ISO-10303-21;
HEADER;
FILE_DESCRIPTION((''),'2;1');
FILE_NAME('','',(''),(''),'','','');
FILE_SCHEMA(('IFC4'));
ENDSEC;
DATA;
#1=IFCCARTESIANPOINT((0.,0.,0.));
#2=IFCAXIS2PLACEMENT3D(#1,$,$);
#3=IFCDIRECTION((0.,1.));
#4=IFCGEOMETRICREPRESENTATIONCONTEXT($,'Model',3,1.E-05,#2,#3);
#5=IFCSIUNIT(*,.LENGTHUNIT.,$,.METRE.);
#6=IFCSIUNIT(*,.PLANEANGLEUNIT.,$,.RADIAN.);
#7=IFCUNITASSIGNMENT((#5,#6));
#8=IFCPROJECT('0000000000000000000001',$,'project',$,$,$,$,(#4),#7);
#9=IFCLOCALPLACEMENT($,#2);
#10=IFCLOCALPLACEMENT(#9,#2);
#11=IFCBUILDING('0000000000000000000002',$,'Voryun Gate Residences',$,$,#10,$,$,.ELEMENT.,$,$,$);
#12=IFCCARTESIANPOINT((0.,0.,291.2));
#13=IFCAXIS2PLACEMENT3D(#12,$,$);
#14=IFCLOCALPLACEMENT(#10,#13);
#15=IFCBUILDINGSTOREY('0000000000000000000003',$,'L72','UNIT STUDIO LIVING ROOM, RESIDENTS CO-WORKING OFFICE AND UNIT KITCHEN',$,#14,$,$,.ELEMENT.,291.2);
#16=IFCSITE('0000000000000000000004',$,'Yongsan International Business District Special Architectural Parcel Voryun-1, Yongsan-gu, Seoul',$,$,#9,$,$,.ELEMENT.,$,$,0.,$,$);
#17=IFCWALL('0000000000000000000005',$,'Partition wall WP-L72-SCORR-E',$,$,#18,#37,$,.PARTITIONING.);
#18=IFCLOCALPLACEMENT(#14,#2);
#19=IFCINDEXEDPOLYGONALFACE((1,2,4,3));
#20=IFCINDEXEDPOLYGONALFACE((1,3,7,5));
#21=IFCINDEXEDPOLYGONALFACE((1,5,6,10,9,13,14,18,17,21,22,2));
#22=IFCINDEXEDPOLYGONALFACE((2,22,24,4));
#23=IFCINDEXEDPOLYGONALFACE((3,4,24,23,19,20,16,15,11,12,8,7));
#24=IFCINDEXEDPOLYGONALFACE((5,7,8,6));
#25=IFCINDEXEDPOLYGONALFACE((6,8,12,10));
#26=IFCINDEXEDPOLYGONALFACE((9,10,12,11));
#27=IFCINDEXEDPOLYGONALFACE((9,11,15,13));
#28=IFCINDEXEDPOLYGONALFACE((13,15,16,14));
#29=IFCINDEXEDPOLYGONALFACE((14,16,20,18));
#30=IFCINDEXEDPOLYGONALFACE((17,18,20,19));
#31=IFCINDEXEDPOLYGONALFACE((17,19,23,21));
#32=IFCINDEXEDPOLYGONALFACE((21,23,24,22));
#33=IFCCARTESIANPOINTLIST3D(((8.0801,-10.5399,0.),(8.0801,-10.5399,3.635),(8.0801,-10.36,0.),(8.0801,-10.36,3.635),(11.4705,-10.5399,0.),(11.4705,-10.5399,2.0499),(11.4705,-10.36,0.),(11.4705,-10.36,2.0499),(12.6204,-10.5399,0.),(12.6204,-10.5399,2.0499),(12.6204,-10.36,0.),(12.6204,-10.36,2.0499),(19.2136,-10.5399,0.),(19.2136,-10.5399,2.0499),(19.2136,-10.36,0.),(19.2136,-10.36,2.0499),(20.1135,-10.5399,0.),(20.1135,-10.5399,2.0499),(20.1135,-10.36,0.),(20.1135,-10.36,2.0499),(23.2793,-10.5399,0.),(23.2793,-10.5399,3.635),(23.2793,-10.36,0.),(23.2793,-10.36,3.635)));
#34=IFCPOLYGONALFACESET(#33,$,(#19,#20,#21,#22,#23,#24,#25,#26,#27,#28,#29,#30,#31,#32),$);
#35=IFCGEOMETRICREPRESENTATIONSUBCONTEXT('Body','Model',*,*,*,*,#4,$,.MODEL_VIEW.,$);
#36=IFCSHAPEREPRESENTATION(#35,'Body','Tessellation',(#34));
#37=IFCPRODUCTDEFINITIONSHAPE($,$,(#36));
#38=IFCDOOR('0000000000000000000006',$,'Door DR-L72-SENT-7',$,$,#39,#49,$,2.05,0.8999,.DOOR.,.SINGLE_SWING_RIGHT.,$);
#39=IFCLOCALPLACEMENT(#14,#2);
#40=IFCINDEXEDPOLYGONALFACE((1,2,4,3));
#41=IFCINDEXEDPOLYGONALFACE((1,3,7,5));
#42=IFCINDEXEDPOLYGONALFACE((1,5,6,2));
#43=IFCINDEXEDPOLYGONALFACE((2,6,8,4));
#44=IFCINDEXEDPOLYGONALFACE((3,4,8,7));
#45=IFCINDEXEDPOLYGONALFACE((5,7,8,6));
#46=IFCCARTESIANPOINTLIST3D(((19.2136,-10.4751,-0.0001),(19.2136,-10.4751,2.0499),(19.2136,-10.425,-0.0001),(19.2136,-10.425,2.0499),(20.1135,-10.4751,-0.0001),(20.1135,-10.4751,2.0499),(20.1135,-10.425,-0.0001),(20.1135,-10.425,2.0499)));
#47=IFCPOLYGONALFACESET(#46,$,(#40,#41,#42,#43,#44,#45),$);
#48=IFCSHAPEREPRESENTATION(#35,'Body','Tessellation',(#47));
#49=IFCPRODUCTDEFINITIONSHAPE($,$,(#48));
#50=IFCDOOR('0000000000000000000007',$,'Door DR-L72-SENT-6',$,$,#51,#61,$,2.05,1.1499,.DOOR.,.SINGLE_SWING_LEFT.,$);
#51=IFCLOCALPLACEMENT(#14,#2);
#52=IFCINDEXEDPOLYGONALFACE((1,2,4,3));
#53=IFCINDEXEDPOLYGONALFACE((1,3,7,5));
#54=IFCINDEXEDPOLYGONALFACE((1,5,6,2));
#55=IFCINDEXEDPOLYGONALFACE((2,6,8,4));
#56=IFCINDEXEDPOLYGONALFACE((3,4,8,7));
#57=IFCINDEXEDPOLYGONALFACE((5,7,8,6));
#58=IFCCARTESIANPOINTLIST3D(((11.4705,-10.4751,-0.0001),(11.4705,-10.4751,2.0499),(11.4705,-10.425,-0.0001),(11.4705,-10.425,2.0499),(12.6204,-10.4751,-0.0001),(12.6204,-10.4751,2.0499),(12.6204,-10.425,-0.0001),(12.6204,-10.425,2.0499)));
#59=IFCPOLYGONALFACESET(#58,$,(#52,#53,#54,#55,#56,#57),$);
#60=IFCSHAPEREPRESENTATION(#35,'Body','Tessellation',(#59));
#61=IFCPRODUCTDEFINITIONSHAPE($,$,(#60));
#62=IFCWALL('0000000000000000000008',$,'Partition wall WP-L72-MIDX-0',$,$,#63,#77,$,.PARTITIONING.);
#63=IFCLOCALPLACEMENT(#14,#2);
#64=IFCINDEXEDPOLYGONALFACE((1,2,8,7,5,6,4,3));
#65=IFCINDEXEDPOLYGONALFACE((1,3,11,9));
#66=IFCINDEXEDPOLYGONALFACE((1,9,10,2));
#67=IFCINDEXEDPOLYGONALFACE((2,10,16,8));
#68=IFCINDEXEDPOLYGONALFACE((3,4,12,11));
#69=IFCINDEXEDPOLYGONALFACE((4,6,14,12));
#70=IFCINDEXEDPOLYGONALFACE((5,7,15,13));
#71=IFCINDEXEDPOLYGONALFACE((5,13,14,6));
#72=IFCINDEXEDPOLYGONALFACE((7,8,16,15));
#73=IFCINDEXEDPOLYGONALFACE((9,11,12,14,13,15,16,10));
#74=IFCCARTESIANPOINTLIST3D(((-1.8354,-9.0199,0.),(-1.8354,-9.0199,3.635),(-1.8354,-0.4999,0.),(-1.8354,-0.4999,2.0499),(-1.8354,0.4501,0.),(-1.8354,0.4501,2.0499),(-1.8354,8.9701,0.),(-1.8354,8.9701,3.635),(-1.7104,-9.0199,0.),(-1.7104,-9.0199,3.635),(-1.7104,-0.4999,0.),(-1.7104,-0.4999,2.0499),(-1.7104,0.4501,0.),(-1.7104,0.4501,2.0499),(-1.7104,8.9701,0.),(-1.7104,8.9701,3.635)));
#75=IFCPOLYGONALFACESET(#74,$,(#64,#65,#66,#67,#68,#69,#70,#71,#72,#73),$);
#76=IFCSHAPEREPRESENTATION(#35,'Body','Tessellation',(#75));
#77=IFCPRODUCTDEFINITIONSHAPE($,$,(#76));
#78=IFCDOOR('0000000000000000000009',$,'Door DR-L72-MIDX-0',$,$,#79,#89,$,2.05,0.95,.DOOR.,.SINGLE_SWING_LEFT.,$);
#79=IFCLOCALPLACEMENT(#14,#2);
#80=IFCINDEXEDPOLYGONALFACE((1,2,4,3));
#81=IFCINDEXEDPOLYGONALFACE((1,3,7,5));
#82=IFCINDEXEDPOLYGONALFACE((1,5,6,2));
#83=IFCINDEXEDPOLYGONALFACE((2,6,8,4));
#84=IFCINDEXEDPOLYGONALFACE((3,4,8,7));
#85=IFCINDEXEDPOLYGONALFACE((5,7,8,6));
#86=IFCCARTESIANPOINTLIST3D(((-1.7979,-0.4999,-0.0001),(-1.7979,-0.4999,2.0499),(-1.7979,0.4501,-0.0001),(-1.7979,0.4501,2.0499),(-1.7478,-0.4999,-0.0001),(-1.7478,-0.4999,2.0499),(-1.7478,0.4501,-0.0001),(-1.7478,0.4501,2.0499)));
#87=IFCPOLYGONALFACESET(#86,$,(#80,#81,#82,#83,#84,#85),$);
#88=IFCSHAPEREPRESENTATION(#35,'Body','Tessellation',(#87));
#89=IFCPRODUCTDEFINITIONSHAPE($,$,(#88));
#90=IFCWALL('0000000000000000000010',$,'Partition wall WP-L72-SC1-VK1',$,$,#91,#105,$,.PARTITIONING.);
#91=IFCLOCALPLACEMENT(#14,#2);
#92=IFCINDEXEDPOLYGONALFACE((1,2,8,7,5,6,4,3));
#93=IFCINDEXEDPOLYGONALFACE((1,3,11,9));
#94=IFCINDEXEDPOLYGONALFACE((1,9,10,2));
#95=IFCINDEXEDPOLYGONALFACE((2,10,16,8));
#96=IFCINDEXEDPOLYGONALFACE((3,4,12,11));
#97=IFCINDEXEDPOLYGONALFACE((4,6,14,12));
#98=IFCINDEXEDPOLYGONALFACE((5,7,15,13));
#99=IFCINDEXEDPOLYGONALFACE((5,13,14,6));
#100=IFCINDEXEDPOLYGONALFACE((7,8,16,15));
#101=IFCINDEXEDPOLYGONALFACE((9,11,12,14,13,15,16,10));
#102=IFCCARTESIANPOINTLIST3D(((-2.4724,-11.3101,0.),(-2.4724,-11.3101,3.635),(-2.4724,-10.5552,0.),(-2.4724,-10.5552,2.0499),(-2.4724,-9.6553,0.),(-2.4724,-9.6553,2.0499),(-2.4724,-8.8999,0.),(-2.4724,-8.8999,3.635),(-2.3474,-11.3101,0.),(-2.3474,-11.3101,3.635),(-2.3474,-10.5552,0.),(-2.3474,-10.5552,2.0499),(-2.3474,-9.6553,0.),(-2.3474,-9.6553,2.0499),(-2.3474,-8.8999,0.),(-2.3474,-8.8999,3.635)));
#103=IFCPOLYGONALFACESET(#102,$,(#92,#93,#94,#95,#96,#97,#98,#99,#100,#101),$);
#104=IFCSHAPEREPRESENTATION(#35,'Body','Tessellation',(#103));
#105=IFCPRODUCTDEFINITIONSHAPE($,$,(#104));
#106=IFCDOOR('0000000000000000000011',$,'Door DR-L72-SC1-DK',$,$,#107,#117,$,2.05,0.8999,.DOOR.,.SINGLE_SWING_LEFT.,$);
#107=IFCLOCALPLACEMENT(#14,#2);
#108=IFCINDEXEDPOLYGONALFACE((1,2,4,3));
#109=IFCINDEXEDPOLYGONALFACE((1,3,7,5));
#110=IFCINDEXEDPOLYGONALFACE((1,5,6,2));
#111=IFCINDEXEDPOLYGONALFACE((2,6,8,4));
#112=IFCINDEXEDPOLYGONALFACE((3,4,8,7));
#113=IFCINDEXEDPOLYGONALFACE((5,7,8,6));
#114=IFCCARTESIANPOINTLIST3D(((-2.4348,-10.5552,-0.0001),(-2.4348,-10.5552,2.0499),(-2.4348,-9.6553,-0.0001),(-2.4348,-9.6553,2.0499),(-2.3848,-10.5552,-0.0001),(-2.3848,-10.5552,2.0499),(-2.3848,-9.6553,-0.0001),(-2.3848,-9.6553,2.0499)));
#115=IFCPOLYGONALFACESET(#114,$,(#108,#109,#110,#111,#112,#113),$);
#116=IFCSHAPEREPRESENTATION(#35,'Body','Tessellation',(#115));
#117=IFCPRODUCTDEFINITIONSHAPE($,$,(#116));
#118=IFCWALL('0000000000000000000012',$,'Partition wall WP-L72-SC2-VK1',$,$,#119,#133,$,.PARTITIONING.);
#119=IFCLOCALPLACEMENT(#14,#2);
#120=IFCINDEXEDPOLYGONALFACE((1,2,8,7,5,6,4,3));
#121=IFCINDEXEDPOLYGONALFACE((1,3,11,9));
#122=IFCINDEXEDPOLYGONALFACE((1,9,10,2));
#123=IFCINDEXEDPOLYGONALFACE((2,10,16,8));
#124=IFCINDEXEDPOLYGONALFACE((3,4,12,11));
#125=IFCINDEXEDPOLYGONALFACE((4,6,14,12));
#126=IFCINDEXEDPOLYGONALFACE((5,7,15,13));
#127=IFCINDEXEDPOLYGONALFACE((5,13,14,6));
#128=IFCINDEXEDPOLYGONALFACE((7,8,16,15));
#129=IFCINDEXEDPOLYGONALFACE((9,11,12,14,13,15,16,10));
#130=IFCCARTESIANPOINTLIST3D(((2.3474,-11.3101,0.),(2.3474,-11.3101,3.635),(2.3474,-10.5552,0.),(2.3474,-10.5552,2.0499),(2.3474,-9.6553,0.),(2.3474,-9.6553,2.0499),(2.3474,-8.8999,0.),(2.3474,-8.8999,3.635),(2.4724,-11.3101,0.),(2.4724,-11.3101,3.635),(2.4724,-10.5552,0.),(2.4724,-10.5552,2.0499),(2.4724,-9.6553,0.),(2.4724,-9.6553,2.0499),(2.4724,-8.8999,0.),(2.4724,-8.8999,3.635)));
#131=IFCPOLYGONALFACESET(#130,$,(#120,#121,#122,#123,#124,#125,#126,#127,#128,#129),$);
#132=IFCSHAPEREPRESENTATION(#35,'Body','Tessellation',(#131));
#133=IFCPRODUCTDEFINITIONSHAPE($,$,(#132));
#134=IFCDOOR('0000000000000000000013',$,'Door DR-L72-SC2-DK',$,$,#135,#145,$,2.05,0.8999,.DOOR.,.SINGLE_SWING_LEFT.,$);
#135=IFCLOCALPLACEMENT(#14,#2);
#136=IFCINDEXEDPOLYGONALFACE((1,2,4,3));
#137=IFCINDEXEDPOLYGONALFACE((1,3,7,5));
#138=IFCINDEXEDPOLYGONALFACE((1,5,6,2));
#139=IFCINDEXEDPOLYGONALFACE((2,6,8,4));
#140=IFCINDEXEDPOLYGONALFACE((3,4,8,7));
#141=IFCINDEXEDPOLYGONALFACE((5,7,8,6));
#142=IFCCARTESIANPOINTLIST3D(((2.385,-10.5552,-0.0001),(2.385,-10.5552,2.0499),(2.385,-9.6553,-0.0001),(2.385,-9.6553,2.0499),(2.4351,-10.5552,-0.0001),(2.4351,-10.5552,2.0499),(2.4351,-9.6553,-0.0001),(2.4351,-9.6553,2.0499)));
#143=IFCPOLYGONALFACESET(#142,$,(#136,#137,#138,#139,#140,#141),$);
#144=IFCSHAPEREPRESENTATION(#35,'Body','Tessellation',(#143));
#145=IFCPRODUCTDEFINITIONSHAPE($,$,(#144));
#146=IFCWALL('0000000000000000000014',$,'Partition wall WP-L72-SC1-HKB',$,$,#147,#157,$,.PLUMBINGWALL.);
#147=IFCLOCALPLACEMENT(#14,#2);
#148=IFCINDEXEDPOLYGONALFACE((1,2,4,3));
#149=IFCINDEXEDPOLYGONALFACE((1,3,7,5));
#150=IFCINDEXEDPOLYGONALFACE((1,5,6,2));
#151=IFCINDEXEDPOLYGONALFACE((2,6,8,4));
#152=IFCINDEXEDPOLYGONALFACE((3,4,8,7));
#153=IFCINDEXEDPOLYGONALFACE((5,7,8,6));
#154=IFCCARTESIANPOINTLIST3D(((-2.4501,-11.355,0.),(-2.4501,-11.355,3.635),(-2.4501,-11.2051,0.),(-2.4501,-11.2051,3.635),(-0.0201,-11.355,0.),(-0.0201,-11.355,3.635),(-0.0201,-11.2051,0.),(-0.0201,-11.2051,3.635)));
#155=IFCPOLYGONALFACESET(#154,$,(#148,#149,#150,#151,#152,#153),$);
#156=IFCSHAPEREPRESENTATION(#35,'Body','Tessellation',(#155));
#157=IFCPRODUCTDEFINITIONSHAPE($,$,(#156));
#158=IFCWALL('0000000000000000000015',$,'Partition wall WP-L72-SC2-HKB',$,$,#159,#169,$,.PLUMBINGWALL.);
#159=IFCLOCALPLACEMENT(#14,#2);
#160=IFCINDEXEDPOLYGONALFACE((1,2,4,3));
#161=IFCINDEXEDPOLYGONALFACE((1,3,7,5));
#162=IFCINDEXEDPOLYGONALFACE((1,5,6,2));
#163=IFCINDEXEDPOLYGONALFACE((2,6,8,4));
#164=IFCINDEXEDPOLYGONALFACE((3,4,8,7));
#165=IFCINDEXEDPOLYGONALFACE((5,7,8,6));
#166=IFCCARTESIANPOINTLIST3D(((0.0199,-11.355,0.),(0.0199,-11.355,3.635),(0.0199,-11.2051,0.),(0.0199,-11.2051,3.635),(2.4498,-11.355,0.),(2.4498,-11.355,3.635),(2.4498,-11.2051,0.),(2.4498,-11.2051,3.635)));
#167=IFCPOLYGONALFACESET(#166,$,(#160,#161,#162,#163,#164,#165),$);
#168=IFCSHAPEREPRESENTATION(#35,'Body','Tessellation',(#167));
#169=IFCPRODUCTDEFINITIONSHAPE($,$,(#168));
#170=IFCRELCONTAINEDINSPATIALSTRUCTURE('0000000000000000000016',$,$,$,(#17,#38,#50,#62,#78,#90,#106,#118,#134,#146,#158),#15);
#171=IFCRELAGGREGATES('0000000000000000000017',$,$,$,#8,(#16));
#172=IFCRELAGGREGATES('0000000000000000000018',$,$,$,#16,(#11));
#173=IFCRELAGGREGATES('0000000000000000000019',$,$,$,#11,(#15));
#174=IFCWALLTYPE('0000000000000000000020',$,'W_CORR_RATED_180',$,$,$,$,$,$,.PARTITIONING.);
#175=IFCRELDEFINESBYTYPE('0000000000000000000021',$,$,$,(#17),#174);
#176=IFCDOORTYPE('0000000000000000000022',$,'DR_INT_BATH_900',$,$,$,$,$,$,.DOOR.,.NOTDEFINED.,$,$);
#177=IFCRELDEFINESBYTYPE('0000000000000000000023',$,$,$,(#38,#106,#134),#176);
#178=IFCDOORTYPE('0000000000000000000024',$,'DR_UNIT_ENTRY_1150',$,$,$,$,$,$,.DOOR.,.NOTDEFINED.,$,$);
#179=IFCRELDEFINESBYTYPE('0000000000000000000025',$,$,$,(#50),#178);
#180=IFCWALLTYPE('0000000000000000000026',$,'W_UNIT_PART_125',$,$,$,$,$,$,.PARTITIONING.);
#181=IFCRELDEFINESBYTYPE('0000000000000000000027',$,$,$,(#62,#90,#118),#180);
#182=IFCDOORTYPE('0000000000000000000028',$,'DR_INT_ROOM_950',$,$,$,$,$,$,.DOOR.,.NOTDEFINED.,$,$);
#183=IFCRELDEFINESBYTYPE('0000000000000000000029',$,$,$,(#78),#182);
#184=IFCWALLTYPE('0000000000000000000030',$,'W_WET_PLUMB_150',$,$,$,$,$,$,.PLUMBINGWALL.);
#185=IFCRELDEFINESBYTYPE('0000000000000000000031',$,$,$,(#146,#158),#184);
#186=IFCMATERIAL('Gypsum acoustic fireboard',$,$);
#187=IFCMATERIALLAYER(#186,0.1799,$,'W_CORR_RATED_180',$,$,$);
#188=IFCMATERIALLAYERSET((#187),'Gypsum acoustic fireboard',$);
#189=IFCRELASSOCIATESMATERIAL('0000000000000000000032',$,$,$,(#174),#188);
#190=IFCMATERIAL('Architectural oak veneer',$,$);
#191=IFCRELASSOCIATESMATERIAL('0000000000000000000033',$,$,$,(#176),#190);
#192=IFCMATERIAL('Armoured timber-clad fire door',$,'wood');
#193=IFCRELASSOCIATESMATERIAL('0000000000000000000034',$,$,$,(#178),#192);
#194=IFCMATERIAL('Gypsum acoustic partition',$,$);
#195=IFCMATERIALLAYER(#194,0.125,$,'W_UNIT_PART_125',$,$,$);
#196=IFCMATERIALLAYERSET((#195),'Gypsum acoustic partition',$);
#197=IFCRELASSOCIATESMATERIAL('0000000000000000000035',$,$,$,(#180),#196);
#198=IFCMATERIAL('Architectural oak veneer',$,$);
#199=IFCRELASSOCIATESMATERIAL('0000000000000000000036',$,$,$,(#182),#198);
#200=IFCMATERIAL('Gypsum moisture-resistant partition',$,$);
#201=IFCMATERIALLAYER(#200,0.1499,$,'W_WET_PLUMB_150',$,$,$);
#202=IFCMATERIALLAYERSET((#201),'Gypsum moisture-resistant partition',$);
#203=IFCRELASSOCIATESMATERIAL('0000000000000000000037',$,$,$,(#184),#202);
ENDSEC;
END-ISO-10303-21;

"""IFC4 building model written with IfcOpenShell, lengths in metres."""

from ifc_helpers import new_model, si_unit, direction, frame, frame_2d, origin, place, context, subcontext, project, spatial, rectangle, extrude, material, layer, layer_set, type_object, element, fill, save


model = new_model("IFC4")

# Units and contexts
model_context = context("Model", 3, precision=1e-05, world=origin(), true_north=direction((0.0, 1.0)))
body_context = subcontext(model_context, "Body", "Model", "MODEL_VIEW")
ifc_project = project(units=[si_unit("LENGTHUNIT", "METRE"), si_unit("PLANEANGLEUNIT", "RADIAN")], contexts=[model_context])

# Site, building, storey
site_placement = place(None, origin())
site = spatial("IfcSite", under=ifc_project, at=site_placement, Name="Yongsan International Business District Special Architectural Parcel Voryun-1, Yongsan-gu, Seoul", CompositionType="ELEMENT", RefElevation=0.0)
building_placement = place(site_placement, origin())
building = spatial("IfcBuilding", under=site, at=building_placement, Name="Voryun Gate Residences", CompositionType="ELEMENT")
storey_placement = place(building_placement, frame((0.0, 0.0, 291.2)))
storey = spatial("IfcBuildingStorey", under=building, at=storey_placement, Name="L72", Description="UNIT STUDIO LIVING ROOM, RESIDENTS CO-WORKING OFFICE AND UNIT KITCHEN", CompositionType="ELEMENT", Elevation=291.2)

# Shared definitions
ifc_material_1 = material(Name="Gypsum acoustic fireboard")
ifc_layer_1 = layer(ifc_material_1, 0.1799, Name="W_CORR_RATED_180")
ifc_layer_set_1 = layer_set([ifc_layer_1], Name="Gypsum acoustic fireboard")
wall_type_1 = type_object("IfcWallType", Name="W_CORR_RATED_180", PredefinedType="PARTITIONING", material=ifc_layer_set_1)

# Wall, openings, doors
wall_1_placement = place(storey_placement, frame((8.0801, -10.45, 0.0), z_axis=(0.0, 0.0, 1.0), x_axis=(1.0, 0.0, 0.0)))
wall_1 = element("IfcWall", 1, at=wall_1_placement, inside=storey, type_object=wall_type_1, Name="Partition wall WP-L72-SCORR-E", PredefinedType="PARTITIONING", context=body_context, shape_type="SweptSolid", body=[
    extrude(rectangle(XDim=15.1992, YDim=0.1799, at=frame_2d((7.5996, 0.0))), origin(), (0.0, 0.0, 1.0), 3.635),
])
opening_1_placement = place(wall_1_placement, frame((3.3904, 0.0, 0.0)))
opening_1 = element("IfcOpeningElement", 2, at=opening_1_placement, cuts=wall_1, PredefinedType="OPENING", context=body_context, shape_type="SweptSolid", body=[
    extrude(rectangle(XDim=1.1499, YDim=2.05, at=frame_2d((0.575, 1.0249))), frame((0.0, 0.0999, 0.0), z_axis=(0.0, -1.0, 0.0), x_axis=(1.0, 0.0, 0.0)), (0.0, 0.0, 1.0), 0.2),
])
opening_2_placement = place(wall_1_placement, frame((11.1335, 0.0, 0.0)))
opening_2 = element("IfcOpeningElement", 3, at=opening_2_placement, cuts=wall_1, PredefinedType="OPENING", context=body_context, shape_type="SweptSolid", body=[
    extrude(rectangle(XDim=0.8999, YDim=2.05, at=frame_2d((0.45, 1.0249))), frame((0.0, 0.0999, 0.0), z_axis=(0.0, -1.0, 0.0), x_axis=(1.0, 0.0, 0.0)), (0.0, 0.0, 1.0), 0.2),
])
ifc_material_2 = material(Name="Architectural oak veneer")
door_type_1 = type_object("IfcDoorType", Name="DR_INT_BATH_900", OperationType="NOTDEFINED", PredefinedType="DOOR", material=ifc_material_2)
door_1_placement = place(opening_2_placement, origin())
door_1 = element("IfcDoor", 4, at=door_1_placement, inside=storey, type_object=door_type_1, Name="Door DR-L72-SENT-7", OperationType="SINGLE_SWING_RIGHT", OverallHeight=2.05, OverallWidth=0.8999, PredefinedType="DOOR", context=body_context, shape_type="SweptSolid", body=[
    extrude(rectangle(XDim=0.8999, YDim=2.05, at=frame_2d((0.45, 1.0249))), frame((0.0, 0.0249, 0.0), z_axis=(0.0, -1.0, 0.0), x_axis=(1.0, 0.0, 0.0)), (0.0, 0.0, 1.0), 0.05),
])
fill(opening_2, door_1)
ifc_material_3 = material(Name="Armoured timber-clad fire door", Category="wood")
door_type_2 = type_object("IfcDoorType", Name="DR_UNIT_ENTRY_1150", OperationType="NOTDEFINED", PredefinedType="DOOR", material=ifc_material_3)
door_2_placement = place(opening_1_placement, origin())
door_2 = element("IfcDoor", 5, at=door_2_placement, inside=storey, type_object=door_type_2, Name="Door DR-L72-SENT-6", OperationType="SINGLE_SWING_LEFT", OverallHeight=2.05, OverallWidth=1.1499, PredefinedType="DOOR", context=body_context, shape_type="SweptSolid", body=[
    extrude(rectangle(XDim=1.1499, YDim=2.05, at=frame_2d((0.575, 1.0249))), frame((0.0, 0.0249, 0.0), z_axis=(0.0, -1.0, 0.0), x_axis=(1.0, 0.0, 0.0)), (0.0, 0.0, 1.0), 0.05),
])
fill(opening_1, door_2)

# Walls, openings, doors
ifc_material_4 = material(Name="Gypsum acoustic partition")
ifc_layer_2 = layer(ifc_material_4, 0.125, Name="W_UNIT_PART_125")
ifc_layer_set_2 = layer_set([ifc_layer_2], Name="Gypsum acoustic partition")
wall_type_2 = type_object("IfcWallType", Name="W_UNIT_PART_125", PredefinedType="PARTITIONING", material=ifc_layer_set_2)
wall_2_placement = place(storey_placement, frame((-1.7729, -9.02, 0.0), z_axis=(0.0, 0.0, 1.0), x_axis=(0.0, 1.0, 0.0)))
wall_2 = element("IfcWall", 6, at=wall_2_placement, inside=storey, type_object=wall_type_2, Name="Partition wall WP-L72-MIDX-0", PredefinedType="PARTITIONING", context=body_context, shape_type="SweptSolid", body=[
    extrude(rectangle(XDim=17.99, YDim=0.125, at=frame_2d((8.9951, 0.0))), origin(), (0.0, 0.0, 1.0), 3.635),
])
opening_3_placement = place(wall_2_placement, frame((8.52, 0.0, 0.0)))
opening_3 = element("IfcOpeningElement", 7, at=opening_3_placement, cuts=wall_2, PredefinedType="OPENING", context=body_context, shape_type="SweptSolid", body=[
    extrude(rectangle(XDim=0.95, YDim=2.05, at=frame_2d((0.4751, 1.0249))), frame((0.0, 0.0725, 0.0), z_axis=(0.0, -1.0, 0.0), x_axis=(1.0, 0.0, 0.0)), (0.0, 0.0, 1.0), 0.145),
])
ifc_material_5 = material(Name="Architectural oak veneer")
door_type_3 = type_object("IfcDoorType", Name="DR_INT_ROOM_950", OperationType="NOTDEFINED", PredefinedType="DOOR", material=ifc_material_5)
door_3_placement = place(opening_3_placement, origin())
door_3 = element("IfcDoor", 8, at=door_3_placement, inside=storey, type_object=door_type_3, Name="Door DR-L72-MIDX-0", OperationType="SINGLE_SWING_LEFT", OverallHeight=2.05, OverallWidth=0.95, PredefinedType="DOOR", context=body_context, shape_type="SweptSolid", body=[
    extrude(rectangle(XDim=0.95, YDim=2.05, at=frame_2d((0.4751, 1.0249))), frame((0.0, 0.0249, 0.0), z_axis=(0.0, -1.0, 0.0), x_axis=(1.0, 0.0, 0.0)), (0.0, 0.0, 1.0), 0.05),
])
fill(opening_3, door_3)
wall_3_placement = place(storey_placement, frame((-2.4099, -11.3101, 0.0), z_axis=(0.0, 0.0, 1.0), x_axis=(0.0, 1.0, 0.0)))
wall_3 = element("IfcWall", 9, at=wall_3_placement, inside=storey, type_object=wall_type_2, Name="Partition wall WP-L72-SC1-VK1", PredefinedType="PARTITIONING", context=body_context, shape_type="SweptSolid", body=[
    extrude(rectangle(XDim=2.4102, YDim=0.125, at=frame_2d((1.2051, 0.0))), origin(), (0.0, 0.0, 1.0), 3.635),
])
opening_4_placement = place(wall_3_placement, frame((0.7549, 0.0, 0.0)))
opening_4 = element("IfcOpeningElement", 10, at=opening_4_placement, cuts=wall_3, PredefinedType="OPENING", context=body_context, shape_type="SweptSolid", body=[
    extrude(rectangle(XDim=0.8999, YDim=2.05, at=frame_2d((0.45, 1.0249))), frame((0.0, 0.0725, 0.0), z_axis=(0.0, -1.0, 0.0), x_axis=(1.0, 0.0, 0.0)), (0.0, 0.0, 1.0), 0.145),
])
door_4_placement = place(opening_4_placement, origin())
door_4 = element("IfcDoor", 11, at=door_4_placement, inside=storey, type_object=door_type_1, Name="Door DR-L72-SC1-DK", OperationType="SINGLE_SWING_LEFT", OverallHeight=2.05, OverallWidth=0.8999, PredefinedType="DOOR", context=body_context, shape_type="SweptSolid", body=[
    extrude(rectangle(XDim=0.8999, YDim=2.05, at=frame_2d((0.45, 1.0249))), frame((0.0, 0.0249, 0.0), z_axis=(0.0, -1.0, 0.0), x_axis=(1.0, 0.0, 0.0)), (0.0, 0.0, 1.0), 0.05),
])
fill(opening_4, door_4)
wall_4_placement = place(storey_placement, frame((2.4099, -11.3101, 0.0), z_axis=(0.0, 0.0, 1.0), x_axis=(0.0, 1.0, 0.0)))
wall_4 = element("IfcWall", 12, at=wall_4_placement, inside=storey, type_object=wall_type_2, Name="Partition wall WP-L72-SC2-VK1", PredefinedType="PARTITIONING", context=body_context, shape_type="SweptSolid", body=[
    extrude(rectangle(XDim=2.4102, YDim=0.125, at=frame_2d((1.2051, 0.0))), origin(), (0.0, 0.0, 1.0), 3.635),
])
opening_5_placement = place(wall_4_placement, frame((0.7549, 0.0, 0.0)))
opening_5 = element("IfcOpeningElement", 13, at=opening_5_placement, cuts=wall_4, PredefinedType="OPENING", context=body_context, shape_type="SweptSolid", body=[
    extrude(rectangle(XDim=0.8999, YDim=2.05, at=frame_2d((0.45, 1.0249))), frame((0.0, 0.0725, 0.0), z_axis=(0.0, -1.0, 0.0), x_axis=(1.0, 0.0, 0.0)), (0.0, 0.0, 1.0), 0.145),
])
door_5_placement = place(opening_5_placement, origin())
door_5 = element("IfcDoor", 14, at=door_5_placement, inside=storey, type_object=door_type_1, Name="Door DR-L72-SC2-DK", OperationType="SINGLE_SWING_LEFT", OverallHeight=2.05, OverallWidth=0.8999, PredefinedType="DOOR", context=body_context, shape_type="SweptSolid", body=[
    extrude(rectangle(XDim=0.8999, YDim=2.05, at=frame_2d((0.45, 1.0249))), frame((0.0, 0.0249, 0.0), z_axis=(0.0, -1.0, 0.0), x_axis=(1.0, 0.0, 0.0)), (0.0, 0.0, 1.0), 0.05),
])
fill(opening_5, door_5)

# Walls
ifc_material_6 = material(Name="Gypsum moisture-resistant partition")
ifc_layer_3 = layer(ifc_material_6, 0.1499, Name="W_WET_PLUMB_150")
ifc_layer_set_3 = layer_set([ifc_layer_3], Name="Gypsum moisture-resistant partition")
wall_type_3 = type_object("IfcWallType", Name="W_WET_PLUMB_150", PredefinedType="PLUMBINGWALL", material=ifc_layer_set_3)
for number, where, z_axis, x_axis, name in (
    (15, (-2.45, -11.28, 0.0), (0.0, 0.0, 1.0), (1.0, 0.0, 0.0), "Partition wall WP-L72-SC1-HKB"),
    (16, (0.02, -11.28, 0.0), (0.0, 0.0, 1.0), (1.0, 0.0, 0.0), "Partition wall WP-L72-SC2-HKB"),
):
    element("IfcWall", number, at=place(storey_placement, frame(where, z_axis=z_axis, x_axis=x_axis)), inside=storey, type_object=wall_type_3, Name=name, PredefinedType="PLUMBINGWALL", context=body_context, shape_type="SweptSolid", body=[
        extrude(rectangle(XDim=2.4299, YDim=0.1499, at=frame_2d((1.2148, 0.0))), origin(), (0.0, 0.0, 1.0), 3.635),
    ])

save(model, "model.ifc")
